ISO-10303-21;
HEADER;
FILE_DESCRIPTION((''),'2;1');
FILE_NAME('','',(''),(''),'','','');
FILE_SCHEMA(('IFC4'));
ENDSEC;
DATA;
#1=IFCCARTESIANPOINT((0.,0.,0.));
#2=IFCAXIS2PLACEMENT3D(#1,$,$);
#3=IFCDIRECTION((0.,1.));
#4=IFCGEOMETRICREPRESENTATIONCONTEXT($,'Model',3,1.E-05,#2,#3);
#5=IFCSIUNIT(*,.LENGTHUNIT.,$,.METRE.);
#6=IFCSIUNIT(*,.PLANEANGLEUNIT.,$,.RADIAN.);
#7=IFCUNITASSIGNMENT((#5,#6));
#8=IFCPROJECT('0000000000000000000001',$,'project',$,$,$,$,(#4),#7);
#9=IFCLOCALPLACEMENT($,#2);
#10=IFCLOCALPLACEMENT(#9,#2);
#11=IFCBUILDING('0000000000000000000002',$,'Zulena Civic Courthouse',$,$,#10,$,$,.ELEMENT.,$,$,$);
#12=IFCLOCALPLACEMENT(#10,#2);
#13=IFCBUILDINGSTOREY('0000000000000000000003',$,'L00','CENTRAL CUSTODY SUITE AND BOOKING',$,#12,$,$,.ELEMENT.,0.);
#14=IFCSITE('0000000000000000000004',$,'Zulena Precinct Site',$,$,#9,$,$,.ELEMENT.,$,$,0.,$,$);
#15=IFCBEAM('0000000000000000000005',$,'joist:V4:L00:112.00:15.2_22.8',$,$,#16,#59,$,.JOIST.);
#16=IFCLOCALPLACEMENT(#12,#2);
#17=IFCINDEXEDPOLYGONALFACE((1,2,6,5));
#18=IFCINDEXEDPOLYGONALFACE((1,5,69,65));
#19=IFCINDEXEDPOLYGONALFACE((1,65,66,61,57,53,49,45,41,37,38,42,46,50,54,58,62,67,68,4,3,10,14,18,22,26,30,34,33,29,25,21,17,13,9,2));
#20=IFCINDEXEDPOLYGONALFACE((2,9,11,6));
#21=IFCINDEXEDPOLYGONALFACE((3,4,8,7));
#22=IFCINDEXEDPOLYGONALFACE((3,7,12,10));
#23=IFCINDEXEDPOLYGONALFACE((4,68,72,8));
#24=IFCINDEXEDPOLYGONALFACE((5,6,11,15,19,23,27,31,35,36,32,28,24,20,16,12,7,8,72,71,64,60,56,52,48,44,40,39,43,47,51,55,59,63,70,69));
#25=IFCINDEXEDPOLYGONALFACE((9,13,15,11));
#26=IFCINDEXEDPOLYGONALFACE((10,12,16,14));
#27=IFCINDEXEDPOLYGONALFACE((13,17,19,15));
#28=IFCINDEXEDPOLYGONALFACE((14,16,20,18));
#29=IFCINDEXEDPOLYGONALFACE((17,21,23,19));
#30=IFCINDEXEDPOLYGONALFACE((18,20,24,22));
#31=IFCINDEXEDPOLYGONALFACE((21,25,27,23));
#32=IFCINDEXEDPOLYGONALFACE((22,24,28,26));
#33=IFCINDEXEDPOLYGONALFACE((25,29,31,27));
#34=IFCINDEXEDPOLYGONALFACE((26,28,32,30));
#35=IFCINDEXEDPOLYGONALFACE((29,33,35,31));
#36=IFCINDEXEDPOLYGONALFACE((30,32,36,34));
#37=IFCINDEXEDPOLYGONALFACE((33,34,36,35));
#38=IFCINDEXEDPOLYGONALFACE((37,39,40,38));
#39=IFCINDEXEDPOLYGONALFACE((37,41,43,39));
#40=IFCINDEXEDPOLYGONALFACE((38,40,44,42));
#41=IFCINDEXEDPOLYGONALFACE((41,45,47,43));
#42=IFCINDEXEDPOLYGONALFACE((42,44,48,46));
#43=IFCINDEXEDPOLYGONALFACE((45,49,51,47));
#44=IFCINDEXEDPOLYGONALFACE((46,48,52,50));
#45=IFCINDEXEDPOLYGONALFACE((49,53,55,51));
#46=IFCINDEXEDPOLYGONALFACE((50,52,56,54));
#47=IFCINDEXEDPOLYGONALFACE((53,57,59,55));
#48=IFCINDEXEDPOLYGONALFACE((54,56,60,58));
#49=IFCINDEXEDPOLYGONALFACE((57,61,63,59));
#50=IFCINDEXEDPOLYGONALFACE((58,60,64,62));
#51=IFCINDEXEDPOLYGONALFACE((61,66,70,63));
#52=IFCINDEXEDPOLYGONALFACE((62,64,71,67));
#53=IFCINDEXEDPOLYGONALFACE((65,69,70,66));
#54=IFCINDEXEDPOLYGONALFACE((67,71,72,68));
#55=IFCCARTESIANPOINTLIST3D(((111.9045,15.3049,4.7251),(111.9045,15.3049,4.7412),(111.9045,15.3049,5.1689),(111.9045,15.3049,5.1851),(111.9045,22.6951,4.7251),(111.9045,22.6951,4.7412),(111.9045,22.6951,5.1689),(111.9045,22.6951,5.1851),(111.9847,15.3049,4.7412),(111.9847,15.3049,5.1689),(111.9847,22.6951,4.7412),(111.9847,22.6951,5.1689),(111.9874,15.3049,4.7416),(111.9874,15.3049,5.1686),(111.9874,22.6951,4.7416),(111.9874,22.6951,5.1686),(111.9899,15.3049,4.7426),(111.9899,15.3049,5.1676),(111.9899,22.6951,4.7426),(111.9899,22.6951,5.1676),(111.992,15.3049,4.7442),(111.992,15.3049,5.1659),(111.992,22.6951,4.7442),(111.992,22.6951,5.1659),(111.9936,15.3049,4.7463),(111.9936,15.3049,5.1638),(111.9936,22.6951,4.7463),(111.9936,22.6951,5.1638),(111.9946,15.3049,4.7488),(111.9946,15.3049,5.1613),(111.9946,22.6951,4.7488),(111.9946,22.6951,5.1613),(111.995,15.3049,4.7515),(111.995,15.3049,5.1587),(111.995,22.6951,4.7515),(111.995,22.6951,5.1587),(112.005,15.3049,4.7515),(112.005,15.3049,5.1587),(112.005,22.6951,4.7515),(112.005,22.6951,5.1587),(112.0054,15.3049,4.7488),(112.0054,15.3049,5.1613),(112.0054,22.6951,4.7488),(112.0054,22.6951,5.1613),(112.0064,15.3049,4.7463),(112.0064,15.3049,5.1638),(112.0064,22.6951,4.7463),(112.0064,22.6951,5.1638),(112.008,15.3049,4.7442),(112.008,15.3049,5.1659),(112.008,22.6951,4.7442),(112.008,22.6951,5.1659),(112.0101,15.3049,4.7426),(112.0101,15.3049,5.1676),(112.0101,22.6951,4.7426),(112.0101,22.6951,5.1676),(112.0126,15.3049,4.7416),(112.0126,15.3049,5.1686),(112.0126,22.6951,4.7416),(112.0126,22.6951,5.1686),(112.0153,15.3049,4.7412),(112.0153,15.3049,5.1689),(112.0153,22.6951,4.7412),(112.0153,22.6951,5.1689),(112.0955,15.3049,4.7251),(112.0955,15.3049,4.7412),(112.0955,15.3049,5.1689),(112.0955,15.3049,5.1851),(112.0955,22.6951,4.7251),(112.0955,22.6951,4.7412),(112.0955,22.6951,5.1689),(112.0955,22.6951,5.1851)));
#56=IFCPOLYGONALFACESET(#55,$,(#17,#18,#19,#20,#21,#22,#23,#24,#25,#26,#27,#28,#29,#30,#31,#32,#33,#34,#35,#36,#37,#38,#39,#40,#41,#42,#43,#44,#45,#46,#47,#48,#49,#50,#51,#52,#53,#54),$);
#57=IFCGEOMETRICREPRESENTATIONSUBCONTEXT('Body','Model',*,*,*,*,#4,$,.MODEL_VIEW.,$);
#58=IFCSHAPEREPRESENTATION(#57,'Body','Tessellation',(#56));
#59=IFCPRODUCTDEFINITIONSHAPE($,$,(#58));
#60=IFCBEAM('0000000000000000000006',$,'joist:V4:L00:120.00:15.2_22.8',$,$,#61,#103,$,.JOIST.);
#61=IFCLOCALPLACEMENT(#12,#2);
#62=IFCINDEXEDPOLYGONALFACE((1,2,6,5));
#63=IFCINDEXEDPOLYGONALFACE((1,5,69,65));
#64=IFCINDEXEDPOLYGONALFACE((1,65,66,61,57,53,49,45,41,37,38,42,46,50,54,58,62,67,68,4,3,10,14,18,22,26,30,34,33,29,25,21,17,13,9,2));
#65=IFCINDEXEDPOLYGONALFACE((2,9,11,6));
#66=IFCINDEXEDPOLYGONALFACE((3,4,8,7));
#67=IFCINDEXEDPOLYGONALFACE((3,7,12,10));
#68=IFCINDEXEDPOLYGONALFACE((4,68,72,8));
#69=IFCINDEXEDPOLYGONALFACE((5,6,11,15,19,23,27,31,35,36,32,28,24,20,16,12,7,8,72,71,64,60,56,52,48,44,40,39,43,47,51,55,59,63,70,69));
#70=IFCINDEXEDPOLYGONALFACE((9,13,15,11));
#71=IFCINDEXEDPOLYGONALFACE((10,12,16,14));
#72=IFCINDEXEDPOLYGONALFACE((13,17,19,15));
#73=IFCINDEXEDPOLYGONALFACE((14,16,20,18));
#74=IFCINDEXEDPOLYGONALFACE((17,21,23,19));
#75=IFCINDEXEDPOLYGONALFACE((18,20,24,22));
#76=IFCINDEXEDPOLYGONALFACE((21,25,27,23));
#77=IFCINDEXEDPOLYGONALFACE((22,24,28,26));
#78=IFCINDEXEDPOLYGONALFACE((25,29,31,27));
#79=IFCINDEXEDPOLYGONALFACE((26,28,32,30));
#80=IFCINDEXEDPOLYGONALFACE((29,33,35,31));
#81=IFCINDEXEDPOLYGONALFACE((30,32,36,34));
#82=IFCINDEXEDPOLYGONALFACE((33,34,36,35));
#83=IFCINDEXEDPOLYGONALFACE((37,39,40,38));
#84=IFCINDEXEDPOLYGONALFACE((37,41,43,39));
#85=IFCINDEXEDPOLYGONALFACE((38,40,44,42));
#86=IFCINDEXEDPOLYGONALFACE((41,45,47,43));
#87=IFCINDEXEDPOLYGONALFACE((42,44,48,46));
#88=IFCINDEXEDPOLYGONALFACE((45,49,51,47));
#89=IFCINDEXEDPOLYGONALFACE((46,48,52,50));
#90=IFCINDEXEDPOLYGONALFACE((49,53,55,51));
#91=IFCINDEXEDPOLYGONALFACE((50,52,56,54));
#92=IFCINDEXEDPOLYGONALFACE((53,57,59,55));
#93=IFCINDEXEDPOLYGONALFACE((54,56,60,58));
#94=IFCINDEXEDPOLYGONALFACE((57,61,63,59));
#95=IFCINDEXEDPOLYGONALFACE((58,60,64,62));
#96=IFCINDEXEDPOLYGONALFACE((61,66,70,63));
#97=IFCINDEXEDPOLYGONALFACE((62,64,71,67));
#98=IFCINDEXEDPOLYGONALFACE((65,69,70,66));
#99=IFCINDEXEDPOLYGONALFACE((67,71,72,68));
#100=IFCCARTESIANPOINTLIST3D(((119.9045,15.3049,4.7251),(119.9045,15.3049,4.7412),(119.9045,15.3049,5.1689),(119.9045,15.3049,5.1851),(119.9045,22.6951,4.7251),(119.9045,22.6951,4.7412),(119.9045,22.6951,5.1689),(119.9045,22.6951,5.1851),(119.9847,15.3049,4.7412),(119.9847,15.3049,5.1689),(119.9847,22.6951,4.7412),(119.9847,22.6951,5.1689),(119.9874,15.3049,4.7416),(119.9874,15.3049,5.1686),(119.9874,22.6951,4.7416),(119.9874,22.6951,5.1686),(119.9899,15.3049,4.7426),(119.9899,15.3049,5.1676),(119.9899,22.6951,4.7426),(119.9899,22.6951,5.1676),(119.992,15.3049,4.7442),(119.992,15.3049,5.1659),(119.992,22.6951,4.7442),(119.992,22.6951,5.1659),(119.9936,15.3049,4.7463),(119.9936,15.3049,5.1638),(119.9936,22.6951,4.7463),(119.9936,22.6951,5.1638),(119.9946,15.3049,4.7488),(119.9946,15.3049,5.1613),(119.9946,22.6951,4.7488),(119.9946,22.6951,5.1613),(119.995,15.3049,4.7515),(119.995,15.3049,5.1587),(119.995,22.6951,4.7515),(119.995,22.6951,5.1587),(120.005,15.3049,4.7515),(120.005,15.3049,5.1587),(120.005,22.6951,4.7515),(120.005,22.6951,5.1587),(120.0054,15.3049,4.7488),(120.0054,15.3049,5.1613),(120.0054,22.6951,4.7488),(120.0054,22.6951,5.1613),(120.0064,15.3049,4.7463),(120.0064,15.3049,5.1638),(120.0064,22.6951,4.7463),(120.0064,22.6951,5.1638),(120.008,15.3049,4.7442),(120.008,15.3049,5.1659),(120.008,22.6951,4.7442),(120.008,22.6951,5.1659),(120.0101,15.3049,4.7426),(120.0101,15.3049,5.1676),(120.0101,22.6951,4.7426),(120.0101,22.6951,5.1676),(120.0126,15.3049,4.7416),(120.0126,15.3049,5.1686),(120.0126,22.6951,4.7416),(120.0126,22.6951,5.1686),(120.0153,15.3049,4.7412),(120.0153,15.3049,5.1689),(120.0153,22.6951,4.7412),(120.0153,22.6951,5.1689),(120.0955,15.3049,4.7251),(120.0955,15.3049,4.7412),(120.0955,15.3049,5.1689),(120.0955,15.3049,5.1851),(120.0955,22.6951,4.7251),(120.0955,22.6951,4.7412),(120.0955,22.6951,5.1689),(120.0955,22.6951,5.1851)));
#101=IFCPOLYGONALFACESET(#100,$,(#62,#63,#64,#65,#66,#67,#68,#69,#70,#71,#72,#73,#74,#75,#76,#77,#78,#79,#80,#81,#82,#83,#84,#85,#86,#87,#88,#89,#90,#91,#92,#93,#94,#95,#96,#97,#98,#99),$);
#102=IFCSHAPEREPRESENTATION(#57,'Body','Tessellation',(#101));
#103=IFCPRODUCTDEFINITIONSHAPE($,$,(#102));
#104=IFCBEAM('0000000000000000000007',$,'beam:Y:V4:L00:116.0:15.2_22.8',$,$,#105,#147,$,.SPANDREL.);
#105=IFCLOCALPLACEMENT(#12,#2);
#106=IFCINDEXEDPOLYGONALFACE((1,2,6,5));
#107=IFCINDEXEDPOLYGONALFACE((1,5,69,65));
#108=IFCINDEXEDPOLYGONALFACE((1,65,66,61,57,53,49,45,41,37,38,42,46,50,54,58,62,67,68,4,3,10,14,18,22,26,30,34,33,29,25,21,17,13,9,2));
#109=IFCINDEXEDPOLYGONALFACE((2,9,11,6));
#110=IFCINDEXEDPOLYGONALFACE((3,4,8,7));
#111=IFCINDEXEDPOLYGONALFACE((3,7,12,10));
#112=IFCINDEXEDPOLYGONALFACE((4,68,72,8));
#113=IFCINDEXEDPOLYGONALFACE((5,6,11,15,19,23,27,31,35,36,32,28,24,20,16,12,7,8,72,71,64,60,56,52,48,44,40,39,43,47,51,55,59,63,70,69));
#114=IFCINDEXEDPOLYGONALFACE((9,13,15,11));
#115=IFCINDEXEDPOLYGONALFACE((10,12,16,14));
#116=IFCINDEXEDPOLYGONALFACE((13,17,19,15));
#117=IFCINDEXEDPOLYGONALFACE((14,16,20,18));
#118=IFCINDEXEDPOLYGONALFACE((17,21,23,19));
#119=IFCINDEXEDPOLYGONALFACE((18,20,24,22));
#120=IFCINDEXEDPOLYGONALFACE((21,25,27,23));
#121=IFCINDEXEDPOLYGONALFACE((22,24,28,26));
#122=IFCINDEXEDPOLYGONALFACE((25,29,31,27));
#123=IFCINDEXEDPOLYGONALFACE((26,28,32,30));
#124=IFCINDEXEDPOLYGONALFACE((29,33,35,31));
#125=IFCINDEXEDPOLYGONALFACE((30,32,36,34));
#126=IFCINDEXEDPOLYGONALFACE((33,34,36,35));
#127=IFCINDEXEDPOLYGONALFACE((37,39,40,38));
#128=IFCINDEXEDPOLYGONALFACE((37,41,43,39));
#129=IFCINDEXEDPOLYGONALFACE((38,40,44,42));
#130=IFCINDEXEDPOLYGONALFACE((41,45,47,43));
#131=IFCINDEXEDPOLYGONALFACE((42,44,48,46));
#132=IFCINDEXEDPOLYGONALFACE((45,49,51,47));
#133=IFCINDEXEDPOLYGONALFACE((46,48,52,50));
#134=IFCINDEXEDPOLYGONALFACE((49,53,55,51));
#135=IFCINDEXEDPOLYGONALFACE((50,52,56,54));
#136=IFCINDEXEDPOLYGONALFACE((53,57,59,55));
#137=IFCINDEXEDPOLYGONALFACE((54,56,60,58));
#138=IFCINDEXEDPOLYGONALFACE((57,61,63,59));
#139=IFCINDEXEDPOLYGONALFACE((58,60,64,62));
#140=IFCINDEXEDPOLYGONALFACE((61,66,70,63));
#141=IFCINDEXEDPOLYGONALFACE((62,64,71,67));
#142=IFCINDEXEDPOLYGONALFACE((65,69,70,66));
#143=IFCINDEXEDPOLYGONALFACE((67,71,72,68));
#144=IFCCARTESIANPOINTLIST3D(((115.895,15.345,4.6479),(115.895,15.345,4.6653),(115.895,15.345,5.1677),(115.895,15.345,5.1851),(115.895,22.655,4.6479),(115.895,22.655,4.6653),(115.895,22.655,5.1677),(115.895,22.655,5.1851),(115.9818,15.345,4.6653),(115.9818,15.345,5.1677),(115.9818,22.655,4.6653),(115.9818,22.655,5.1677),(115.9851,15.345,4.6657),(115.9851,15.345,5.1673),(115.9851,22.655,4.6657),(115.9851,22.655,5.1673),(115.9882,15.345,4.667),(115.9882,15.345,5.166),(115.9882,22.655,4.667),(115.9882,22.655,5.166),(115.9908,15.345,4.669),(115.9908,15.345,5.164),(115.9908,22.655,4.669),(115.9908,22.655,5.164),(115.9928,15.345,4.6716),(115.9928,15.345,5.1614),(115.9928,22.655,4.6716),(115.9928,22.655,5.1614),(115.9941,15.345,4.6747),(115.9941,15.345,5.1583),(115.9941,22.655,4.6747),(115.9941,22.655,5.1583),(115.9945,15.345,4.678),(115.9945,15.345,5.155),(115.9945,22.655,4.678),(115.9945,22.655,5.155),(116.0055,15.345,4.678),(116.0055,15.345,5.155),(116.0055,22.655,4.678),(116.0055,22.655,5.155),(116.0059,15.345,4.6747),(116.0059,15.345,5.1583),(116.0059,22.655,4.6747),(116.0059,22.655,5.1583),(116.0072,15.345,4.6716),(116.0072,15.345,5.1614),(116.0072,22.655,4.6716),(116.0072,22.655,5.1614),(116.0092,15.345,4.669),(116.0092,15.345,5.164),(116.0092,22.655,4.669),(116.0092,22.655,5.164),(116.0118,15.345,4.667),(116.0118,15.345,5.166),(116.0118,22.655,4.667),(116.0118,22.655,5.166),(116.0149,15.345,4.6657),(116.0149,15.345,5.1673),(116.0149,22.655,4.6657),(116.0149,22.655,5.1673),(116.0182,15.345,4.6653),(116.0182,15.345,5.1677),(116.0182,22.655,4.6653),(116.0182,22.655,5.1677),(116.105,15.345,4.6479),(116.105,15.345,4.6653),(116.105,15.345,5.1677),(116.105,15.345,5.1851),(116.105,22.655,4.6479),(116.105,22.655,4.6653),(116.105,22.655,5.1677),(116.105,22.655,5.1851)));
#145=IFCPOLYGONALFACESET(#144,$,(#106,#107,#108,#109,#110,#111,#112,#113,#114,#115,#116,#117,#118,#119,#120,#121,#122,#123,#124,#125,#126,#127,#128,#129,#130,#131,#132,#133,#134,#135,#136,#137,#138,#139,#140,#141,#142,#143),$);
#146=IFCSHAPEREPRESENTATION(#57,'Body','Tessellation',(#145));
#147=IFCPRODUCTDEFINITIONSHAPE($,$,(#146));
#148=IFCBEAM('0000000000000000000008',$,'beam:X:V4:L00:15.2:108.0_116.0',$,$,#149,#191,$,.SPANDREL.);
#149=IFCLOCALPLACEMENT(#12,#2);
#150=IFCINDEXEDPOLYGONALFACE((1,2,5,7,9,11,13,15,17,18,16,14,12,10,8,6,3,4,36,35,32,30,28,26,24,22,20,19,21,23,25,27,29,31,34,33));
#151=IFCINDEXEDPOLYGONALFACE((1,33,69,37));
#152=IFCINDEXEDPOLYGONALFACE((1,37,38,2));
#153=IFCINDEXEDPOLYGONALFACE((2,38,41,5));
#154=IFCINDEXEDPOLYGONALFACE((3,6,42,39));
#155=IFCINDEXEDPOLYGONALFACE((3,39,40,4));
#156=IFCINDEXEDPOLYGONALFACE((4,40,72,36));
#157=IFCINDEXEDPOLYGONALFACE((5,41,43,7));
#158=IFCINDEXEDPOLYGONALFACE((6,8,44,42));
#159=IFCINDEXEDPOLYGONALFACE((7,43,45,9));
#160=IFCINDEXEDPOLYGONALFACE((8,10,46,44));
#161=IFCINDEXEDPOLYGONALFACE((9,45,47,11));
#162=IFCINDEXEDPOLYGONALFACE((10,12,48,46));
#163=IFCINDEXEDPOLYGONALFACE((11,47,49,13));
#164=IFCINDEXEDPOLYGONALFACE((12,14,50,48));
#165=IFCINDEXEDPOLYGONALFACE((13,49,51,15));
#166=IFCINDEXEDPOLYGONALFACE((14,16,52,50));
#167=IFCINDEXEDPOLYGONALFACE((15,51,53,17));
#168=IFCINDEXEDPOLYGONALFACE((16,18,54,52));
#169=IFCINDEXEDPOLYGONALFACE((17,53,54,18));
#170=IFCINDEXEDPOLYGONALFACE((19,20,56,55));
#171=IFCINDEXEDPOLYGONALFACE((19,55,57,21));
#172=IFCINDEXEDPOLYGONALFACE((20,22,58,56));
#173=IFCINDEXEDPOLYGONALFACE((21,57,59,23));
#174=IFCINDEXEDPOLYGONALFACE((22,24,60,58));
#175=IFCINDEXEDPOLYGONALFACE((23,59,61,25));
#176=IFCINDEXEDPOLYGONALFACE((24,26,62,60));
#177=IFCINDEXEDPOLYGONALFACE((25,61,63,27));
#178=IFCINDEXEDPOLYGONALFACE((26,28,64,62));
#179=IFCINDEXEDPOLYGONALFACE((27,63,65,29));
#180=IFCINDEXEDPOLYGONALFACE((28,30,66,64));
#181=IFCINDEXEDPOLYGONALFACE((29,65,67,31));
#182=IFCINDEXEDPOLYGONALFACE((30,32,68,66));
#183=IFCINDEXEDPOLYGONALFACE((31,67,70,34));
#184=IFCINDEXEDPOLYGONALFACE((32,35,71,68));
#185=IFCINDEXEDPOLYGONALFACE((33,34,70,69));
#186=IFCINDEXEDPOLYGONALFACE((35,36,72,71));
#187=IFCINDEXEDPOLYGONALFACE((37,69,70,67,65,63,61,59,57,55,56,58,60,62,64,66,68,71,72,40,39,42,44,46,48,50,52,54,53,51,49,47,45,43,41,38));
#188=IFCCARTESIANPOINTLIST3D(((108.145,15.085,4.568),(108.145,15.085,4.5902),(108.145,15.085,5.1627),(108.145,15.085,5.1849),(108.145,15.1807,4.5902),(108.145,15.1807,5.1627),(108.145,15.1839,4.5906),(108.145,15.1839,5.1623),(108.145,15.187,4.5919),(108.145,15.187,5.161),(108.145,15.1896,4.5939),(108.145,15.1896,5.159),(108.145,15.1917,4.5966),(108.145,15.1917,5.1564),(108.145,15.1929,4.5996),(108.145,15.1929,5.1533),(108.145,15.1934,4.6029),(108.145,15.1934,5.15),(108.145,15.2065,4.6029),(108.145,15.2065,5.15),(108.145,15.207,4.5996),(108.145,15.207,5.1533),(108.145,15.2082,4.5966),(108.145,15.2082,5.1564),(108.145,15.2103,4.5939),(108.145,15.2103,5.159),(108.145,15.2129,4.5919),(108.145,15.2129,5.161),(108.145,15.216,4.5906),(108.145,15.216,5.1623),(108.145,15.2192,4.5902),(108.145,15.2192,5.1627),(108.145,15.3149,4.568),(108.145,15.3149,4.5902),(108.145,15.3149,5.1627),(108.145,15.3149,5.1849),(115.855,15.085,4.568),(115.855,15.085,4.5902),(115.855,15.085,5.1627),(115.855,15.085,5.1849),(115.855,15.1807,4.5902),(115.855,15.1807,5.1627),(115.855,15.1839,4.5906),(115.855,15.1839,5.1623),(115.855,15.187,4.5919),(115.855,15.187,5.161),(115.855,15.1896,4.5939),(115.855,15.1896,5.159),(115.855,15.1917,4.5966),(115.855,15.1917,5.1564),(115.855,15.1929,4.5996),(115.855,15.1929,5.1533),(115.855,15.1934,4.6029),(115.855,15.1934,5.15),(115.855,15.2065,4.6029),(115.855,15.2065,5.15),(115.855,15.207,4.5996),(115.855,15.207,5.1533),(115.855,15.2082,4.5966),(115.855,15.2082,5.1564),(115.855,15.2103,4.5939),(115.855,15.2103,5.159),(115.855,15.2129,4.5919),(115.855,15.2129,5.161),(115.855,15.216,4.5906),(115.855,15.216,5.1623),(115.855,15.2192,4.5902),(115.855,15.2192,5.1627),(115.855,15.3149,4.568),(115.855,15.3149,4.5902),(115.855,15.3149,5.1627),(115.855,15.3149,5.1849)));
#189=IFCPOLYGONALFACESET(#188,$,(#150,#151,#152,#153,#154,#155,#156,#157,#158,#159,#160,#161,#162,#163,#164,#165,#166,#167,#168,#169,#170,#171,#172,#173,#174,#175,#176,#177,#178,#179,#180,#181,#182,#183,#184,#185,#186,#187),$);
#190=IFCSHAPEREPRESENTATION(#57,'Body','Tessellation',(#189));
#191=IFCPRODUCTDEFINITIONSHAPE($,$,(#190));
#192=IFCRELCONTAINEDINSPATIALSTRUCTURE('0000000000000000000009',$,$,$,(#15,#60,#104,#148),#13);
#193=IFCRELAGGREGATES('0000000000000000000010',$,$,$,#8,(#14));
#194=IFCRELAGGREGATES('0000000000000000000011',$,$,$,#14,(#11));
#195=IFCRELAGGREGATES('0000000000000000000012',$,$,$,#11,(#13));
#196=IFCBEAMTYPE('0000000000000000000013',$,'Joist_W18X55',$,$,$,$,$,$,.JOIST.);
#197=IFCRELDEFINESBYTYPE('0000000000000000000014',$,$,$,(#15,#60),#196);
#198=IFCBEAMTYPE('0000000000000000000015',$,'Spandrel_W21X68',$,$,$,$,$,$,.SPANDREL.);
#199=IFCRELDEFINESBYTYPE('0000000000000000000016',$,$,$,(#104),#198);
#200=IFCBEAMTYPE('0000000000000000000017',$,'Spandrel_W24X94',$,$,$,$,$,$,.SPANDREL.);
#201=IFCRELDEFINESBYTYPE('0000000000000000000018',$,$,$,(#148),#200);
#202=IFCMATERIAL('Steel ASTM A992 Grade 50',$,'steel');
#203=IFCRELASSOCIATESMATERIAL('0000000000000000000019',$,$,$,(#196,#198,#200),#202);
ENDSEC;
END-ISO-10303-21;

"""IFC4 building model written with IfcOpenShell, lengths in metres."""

from ifc_helpers import new_model, si_unit, direction, frame, origin, origin_2d, place, context, subcontext, project, spatial, i_section, extrude, material, material_profile, profile_set, type_object, element, save


model = new_model("IFC4")

# Units and contexts
model_context = context("Model", 3, precision=1e-05, world=origin(), true_north=direction((0.0, 1.0)))
body_context = subcontext(model_context, "Body", "Model", "MODEL_VIEW")
ifc_project = project(units=[si_unit("LENGTHUNIT", "METRE"), si_unit("PLANEANGLEUNIT", "RADIAN")], contexts=[model_context])

# Site, building, storey
site_placement = place(None, origin())
site = spatial("IfcSite", under=ifc_project, at=site_placement, Name="Zulena Precinct Site", CompositionType="ELEMENT", RefElevation=0.0)
building_placement = place(site_placement, origin())
building = spatial("IfcBuilding", under=site, at=building_placement, Name="Zulena Civic Courthouse", CompositionType="ELEMENT")
storey_placement = place(building_placement, origin())
storey = spatial("IfcBuildingStorey", under=building, at=storey_placement, Name="L00", Description="CENTRAL CUSTODY SUITE AND BOOKING", CompositionType="ELEMENT", Elevation=0.0)

# Shared definitions
ifc_material_1 = material(Name="Steel ASTM A992 Grade 50", Category="steel")

# Beams
ifc_material_profile_1 = material_profile(ifc_material_1, i_section(OverallWidth=0.1909, OverallDepth=0.46, WebThickness=0.01, FlangeThickness=0.0161, FilletRadius=0.0103, at=origin_2d()), Name="W18X55")
ifc_profile_set_1 = profile_set([ifc_material_profile_1], Name="Steel ASTM A992 Grade 50")
beam_type_1 = type_object("IfcBeamType", Name="Joist_W18X55", PredefinedType="JOIST", material=ifc_profile_set_1)
for number, where, z_axis, x_axis, name in (
    (1, (112.0, 15.3049, 4.9551), (0.0, 1.0, 0.0), (-1.0, 0.0, 0.0), "joist:V4:L00:112.00:15.2_22.8"),
    (2, (120.0, 15.3049, 4.9551), (0.0, 1.0, 0.0), (-1.0, 0.0, 0.0), "joist:V4:L00:120.00:15.2_22.8"),
):
    element("IfcBeam", number, at=place(storey_placement, frame(where, z_axis=z_axis, x_axis=x_axis)), inside=storey, type_object=beam_type_1, Name=name, PredefinedType="JOIST", context=body_context, shape_type="SweptSolid", body=[
        extrude(i_section(OverallWidth=0.1909, OverallDepth=0.46, WebThickness=0.01, FlangeThickness=0.0161, FilletRadius=0.0103, at=origin_2d()), origin(), (0.0, 0.0, 1.0), 7.3901),
    ])
ifc_material_profile_2 = material_profile(ifc_material_1, i_section(OverallWidth=0.21, OverallDepth=0.5371, WebThickness=0.011, FlangeThickness=0.0173, FilletRadius=0.0127, at=origin_2d()), Name="W21X68")
ifc_profile_set_2 = profile_set([ifc_material_profile_2], Name="Steel ASTM A992 Grade 50")
beam_type_2 = type_object("IfcBeamType", Name="Spandrel_W21X68", PredefinedType="SPANDREL", material=ifc_profile_set_2)
beam_1_placement = place(storey_placement, frame((116.0, 15.345, 4.9165), z_axis=(0.0, 1.0, 0.0), x_axis=(-1.0, 0.0, 0.0)))
element("IfcBeam", 3, at=beam_1_placement, inside=storey, type_object=beam_type_2, Name="beam:Y:V4:L00:116.0:15.2_22.8", PredefinedType="SPANDREL", context=body_context, shape_type="SweptSolid", body=[
    extrude(i_section(OverallWidth=0.21, OverallDepth=0.5371, WebThickness=0.011, FlangeThickness=0.0173, FilletRadius=0.0127, at=origin_2d()), origin(), (0.0, 0.0, 1.0), 7.3101),
])
ifc_material_profile_3 = material_profile(ifc_material_1, i_section(OverallWidth=0.23, OverallDepth=0.6169, WebThickness=0.0132, FlangeThickness=0.0222, FilletRadius=0.0127, at=origin_2d()), Name="W24X94")
ifc_profile_set_3 = profile_set([ifc_material_profile_3], Name="Steel ASTM A992 Grade 50")
beam_type_3 = type_object("IfcBeamType", Name="Spandrel_W24X94", PredefinedType="SPANDREL", material=ifc_profile_set_3)
for number, where, z_axis, x_axis, name in (
    (4, (108.145, 15.2, 4.8765), (1.0, 0.0, 0.0), (0.0, 1.0, 0.0), "beam:X:V4:L00:15.2:108.0_116.0"),
):
    element("IfcBeam", number, at=place(storey_placement, frame(where, z_axis=z_axis, x_axis=x_axis)), inside=storey, type_object=beam_type_3, Name=name, PredefinedType="SPANDREL", context=body_context, shape_type="SweptSolid", body=[
        extrude(i_section(OverallWidth=0.23, OverallDepth=0.6169, WebThickness=0.0132, FlangeThickness=0.0222, FilletRadius=0.0127, at=origin_2d()), origin(), (0.0, 0.0, 1.0), 7.71),
    ])

save(model, "model.ifc")
